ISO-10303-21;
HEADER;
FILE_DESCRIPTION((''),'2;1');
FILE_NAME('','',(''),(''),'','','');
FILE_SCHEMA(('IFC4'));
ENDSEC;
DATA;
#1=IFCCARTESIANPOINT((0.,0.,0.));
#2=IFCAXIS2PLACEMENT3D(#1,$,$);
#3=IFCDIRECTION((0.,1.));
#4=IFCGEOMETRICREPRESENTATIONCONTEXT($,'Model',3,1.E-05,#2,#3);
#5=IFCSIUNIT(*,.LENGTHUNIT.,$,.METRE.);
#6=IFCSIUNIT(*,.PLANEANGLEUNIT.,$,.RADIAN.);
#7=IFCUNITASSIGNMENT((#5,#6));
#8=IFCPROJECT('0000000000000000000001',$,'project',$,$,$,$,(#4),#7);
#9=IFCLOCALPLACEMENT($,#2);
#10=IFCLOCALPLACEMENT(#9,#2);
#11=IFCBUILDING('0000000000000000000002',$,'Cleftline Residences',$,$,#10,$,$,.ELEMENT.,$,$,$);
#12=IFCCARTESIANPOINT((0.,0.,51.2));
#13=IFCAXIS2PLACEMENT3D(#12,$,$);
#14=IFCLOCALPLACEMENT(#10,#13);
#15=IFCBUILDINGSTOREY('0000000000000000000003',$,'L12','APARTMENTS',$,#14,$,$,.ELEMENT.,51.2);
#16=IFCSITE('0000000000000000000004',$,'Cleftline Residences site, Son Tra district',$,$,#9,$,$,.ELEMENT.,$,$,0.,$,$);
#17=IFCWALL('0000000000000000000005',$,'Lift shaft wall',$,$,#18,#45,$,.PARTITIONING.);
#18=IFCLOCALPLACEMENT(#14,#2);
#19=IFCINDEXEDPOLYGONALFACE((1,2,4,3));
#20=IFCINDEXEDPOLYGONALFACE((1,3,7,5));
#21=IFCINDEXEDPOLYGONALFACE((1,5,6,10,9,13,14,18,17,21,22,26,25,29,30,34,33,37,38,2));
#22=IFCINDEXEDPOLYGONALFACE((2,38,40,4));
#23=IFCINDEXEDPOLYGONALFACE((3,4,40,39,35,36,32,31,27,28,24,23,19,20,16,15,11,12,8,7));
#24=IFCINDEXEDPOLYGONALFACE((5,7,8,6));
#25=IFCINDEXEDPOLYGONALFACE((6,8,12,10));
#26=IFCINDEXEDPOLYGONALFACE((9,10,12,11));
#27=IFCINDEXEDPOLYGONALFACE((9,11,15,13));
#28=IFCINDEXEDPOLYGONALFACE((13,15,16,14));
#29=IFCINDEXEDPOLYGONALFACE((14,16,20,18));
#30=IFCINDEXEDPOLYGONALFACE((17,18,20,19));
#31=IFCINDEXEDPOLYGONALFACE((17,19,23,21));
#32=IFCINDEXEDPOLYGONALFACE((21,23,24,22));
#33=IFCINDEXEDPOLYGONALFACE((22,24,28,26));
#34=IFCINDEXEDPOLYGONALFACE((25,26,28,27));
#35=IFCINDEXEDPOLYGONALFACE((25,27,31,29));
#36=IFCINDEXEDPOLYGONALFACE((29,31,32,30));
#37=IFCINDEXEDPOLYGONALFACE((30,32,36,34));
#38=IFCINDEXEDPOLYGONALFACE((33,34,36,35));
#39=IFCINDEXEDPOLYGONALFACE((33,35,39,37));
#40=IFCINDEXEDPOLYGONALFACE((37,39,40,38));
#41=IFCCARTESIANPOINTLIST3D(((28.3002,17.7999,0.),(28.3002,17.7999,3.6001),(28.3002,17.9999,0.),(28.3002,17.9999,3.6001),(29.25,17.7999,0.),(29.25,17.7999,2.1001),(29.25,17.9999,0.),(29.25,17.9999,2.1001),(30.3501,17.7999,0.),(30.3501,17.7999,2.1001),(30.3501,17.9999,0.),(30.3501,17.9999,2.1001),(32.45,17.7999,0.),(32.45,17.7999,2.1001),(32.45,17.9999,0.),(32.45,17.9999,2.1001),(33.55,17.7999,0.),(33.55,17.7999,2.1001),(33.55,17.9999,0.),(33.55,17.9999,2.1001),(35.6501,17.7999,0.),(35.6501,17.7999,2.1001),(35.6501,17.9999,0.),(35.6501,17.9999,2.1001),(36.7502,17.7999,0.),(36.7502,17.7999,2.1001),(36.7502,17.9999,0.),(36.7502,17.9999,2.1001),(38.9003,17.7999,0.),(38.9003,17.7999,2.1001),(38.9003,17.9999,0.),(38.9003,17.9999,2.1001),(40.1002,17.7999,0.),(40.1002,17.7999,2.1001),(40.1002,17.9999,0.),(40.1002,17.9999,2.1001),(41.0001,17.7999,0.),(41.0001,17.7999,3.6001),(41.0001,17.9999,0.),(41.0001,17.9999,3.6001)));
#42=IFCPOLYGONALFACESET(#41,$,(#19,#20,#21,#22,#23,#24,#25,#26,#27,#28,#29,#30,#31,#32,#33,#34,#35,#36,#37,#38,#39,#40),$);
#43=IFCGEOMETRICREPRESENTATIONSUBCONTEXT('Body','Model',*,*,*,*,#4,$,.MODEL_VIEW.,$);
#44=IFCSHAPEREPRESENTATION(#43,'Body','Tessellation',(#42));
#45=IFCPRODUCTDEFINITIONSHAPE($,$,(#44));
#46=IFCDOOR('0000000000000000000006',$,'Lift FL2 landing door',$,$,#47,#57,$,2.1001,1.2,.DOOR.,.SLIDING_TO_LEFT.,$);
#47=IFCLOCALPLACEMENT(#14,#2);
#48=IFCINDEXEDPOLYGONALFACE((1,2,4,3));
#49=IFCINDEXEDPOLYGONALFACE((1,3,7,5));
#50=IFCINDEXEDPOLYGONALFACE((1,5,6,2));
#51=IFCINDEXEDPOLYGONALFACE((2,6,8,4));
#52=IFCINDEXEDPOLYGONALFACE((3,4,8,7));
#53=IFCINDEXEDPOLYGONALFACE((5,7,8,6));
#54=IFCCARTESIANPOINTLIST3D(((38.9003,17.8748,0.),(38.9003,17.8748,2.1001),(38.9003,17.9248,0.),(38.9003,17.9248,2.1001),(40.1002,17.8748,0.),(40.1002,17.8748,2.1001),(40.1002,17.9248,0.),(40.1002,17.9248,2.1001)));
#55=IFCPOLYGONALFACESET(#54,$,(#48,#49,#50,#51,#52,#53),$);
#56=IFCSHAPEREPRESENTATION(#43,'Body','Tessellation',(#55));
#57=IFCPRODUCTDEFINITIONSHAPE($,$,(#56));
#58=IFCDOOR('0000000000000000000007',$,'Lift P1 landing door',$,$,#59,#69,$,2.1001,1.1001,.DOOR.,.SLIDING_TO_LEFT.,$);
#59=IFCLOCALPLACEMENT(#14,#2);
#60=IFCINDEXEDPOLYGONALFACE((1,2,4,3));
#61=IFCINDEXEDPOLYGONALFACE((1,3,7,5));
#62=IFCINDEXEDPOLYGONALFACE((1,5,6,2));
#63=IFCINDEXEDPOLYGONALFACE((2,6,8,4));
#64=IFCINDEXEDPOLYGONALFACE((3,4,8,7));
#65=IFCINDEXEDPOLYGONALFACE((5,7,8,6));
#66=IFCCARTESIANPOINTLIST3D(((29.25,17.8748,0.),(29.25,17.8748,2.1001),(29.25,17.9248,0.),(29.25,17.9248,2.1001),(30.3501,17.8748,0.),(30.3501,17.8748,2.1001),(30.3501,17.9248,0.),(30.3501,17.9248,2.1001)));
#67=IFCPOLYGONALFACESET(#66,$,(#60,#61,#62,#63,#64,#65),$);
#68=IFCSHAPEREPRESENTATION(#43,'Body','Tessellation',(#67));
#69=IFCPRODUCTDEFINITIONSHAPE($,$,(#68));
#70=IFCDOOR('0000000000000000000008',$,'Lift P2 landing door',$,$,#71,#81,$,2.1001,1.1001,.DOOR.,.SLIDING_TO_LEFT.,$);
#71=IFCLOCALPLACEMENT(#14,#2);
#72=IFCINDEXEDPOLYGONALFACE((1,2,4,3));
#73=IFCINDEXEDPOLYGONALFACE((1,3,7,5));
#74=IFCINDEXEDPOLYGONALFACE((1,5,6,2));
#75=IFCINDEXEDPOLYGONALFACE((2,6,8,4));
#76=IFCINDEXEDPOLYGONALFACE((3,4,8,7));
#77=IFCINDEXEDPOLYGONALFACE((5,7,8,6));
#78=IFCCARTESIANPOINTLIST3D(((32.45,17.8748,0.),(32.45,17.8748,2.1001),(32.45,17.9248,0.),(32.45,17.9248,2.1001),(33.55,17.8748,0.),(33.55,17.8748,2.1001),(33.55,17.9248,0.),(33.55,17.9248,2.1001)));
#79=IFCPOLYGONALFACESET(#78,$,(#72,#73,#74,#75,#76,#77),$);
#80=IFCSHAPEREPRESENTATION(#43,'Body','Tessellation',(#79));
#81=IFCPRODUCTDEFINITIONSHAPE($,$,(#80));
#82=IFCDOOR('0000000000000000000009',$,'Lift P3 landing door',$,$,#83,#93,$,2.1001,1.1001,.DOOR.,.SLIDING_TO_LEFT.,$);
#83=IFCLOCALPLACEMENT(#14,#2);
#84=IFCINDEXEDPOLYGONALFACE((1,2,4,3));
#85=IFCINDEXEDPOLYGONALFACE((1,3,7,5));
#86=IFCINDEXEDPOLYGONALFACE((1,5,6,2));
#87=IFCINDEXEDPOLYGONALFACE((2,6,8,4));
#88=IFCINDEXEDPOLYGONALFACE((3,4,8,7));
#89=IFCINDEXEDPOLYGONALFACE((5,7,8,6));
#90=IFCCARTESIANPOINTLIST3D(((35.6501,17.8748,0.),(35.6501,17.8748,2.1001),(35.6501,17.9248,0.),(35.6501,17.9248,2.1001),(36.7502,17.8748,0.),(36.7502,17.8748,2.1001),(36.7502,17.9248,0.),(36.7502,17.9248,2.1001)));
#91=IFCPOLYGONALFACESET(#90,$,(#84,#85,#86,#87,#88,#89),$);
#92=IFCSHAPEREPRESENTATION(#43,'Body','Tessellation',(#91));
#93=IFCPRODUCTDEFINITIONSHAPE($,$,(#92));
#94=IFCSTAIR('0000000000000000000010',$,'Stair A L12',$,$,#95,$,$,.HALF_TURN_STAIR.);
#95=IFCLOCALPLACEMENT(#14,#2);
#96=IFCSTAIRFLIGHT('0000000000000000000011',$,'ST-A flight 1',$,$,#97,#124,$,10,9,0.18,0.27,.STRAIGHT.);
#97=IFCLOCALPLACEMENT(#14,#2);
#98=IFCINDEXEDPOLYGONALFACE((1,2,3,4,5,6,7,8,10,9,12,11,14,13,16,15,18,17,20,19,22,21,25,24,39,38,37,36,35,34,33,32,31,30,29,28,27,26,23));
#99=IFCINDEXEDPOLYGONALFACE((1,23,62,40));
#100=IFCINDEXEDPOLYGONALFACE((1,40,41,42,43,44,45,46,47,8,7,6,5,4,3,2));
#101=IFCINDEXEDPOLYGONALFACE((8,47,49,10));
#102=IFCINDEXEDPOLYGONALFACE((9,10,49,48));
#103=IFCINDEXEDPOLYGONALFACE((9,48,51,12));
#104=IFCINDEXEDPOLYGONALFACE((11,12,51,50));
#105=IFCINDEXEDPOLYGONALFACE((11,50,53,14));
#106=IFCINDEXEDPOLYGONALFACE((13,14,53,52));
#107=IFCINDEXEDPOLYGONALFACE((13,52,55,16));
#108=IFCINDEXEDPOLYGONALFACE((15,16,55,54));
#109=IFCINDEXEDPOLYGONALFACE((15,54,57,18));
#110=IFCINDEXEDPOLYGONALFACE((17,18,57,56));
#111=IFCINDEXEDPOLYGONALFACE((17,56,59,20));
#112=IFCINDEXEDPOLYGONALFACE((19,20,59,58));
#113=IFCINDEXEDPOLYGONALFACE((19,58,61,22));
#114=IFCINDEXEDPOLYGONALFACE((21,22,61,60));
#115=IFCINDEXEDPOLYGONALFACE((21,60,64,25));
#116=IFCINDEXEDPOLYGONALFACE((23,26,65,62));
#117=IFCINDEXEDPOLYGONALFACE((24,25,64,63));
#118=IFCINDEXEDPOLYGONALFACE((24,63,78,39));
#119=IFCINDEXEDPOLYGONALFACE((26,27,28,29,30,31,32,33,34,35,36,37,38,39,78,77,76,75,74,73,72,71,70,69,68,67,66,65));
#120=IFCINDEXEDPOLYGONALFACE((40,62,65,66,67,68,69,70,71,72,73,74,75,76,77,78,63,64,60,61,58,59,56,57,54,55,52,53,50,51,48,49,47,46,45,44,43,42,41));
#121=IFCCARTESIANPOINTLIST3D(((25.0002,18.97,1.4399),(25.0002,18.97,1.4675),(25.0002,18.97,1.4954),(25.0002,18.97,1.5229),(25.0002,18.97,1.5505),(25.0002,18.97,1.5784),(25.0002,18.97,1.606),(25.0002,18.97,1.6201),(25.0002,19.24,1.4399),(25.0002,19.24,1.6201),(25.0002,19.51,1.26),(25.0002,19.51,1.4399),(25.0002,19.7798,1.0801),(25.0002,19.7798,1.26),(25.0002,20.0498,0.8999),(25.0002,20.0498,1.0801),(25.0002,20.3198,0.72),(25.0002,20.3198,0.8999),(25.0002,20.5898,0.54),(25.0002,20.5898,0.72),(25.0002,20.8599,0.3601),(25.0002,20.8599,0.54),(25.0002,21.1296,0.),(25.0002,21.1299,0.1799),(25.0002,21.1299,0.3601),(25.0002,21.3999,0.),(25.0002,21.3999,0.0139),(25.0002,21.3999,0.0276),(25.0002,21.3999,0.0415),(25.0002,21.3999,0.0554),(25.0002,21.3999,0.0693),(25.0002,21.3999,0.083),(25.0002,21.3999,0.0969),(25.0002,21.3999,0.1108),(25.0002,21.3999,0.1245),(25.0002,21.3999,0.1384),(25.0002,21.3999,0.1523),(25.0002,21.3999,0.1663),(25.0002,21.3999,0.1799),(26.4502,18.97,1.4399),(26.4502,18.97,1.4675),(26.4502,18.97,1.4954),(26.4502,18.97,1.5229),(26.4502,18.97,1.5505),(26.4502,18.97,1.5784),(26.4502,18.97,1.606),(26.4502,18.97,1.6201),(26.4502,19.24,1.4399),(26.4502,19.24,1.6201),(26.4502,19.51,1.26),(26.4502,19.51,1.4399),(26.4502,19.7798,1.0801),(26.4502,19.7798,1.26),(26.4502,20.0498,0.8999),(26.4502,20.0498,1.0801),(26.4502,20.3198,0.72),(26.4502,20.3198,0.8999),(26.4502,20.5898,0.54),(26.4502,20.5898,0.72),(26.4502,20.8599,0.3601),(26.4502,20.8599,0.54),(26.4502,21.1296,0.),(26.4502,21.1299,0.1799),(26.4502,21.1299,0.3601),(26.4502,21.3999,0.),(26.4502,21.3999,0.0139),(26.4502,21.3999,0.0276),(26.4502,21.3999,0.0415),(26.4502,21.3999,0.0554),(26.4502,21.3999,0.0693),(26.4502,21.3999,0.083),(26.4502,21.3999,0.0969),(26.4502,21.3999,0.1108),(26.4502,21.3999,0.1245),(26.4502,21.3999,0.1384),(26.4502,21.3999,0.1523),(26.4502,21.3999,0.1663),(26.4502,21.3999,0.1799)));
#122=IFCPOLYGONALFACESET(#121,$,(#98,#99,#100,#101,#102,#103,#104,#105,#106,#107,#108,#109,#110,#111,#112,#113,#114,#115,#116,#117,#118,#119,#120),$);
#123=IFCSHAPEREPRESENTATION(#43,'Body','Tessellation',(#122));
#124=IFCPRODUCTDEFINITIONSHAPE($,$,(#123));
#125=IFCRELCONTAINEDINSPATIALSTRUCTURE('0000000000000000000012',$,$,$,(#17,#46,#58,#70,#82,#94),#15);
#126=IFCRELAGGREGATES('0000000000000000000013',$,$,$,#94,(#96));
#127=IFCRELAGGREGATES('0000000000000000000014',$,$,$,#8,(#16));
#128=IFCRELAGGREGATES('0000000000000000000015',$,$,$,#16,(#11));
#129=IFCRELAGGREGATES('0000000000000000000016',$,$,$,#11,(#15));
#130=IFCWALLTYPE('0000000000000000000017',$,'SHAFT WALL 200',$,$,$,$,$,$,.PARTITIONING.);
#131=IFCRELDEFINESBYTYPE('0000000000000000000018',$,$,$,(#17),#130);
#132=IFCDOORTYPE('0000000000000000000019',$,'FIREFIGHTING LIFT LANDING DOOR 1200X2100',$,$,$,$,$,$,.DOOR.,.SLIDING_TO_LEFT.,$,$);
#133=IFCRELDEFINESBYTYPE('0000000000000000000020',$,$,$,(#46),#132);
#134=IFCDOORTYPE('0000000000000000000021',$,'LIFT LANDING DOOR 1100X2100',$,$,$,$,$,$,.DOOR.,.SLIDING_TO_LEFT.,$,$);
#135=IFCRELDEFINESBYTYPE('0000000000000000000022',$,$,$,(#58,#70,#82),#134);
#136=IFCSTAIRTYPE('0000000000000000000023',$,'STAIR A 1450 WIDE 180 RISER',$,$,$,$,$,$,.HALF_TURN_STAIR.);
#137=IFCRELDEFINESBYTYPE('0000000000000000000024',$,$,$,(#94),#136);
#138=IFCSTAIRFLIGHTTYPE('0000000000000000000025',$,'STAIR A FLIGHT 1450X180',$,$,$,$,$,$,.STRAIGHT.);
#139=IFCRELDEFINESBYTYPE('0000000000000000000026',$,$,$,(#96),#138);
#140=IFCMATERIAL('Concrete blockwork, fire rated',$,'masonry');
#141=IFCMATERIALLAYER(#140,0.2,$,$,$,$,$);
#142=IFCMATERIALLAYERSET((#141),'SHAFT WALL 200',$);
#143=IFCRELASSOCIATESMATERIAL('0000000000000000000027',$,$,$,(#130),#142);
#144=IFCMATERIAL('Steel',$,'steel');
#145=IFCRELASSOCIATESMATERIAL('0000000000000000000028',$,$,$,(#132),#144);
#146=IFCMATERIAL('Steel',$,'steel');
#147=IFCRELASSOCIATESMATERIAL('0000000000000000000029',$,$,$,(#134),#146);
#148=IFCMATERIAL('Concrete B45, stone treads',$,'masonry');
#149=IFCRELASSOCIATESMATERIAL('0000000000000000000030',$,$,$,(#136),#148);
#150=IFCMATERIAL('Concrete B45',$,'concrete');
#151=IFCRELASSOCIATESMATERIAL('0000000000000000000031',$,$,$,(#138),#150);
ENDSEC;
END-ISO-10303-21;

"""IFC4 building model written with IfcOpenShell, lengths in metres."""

from ifc_helpers import new_model, si_unit, direction, frame, frame_2d, origin, place, context, subcontext, project, spatial, polyline, rectangle, outline, extrude, material, layer, layer_set, type_object, element, fill, aggregate, save


model = new_model("IFC4")

# Units and contexts
model_context = context("Model", 3, precision=1e-05, world=origin(), true_north=direction((0.0, 1.0)))
body_context = subcontext(model_context, "Body", "Model", "MODEL_VIEW")
ifc_project = project(units=[si_unit("LENGTHUNIT", "METRE"), si_unit("PLANEANGLEUNIT", "RADIAN")], contexts=[model_context])

# Site, building, storey
site_placement = place(None, origin())
site = spatial("IfcSite", under=ifc_project, at=site_placement, Name="Cleftline Residences site, Son Tra district", CompositionType="ELEMENT", RefElevation=0.0)
building_placement = place(site_placement, origin())
building = spatial("IfcBuilding", under=site, at=building_placement, Name="Cleftline Residences", CompositionType="ELEMENT")
storey_placement = place(building_placement, frame((0.0, 0.0, 51.2)))
storey = spatial("IfcBuildingStorey", under=building, at=storey_placement, Name="L12", Description="APARTMENTS", CompositionType="ELEMENT", Elevation=51.2)

# Wall, openings, doors
ifc_material_1 = material(Name="Concrete blockwork, fire rated", Category="masonry")
ifc_layer_1 = layer(ifc_material_1, 0.2)
ifc_layer_set_1 = layer_set([ifc_layer_1], Name="SHAFT WALL 200")
wall_type_1 = type_object("IfcWallType", Name="SHAFT WALL 200", PredefinedType="PARTITIONING", material=ifc_layer_set_1)
wall_1_placement = place(storey_placement, frame((28.3, 17.8999, 0.0), z_axis=(0.0, 0.0, 1.0), x_axis=(1.0, 0.0, 0.0)))
wall_1 = element("IfcWall", 1, at=wall_1_placement, inside=storey, type_object=wall_type_1, Name="Lift shaft wall", PredefinedType="PARTITIONING", context=body_context, shape_type="SweptSolid", body=[
    extrude(rectangle(XDim=12.7, YDim=0.2, at=frame_2d((6.3501, 0.0))), origin(), (0.0, 0.0, 1.0), 3.6001),
])
opening_1_placement = place(wall_1_placement, frame((0.95, 0.0, 0.0)))
opening_1 = element("IfcOpeningElement", 2, at=opening_1_placement, cuts=wall_1, PredefinedType="OPENING", context=body_context, shape_type="SweptSolid", body=[
    extrude(rectangle(XDim=1.1001, YDim=2.1001, at=frame_2d((0.55, 1.05))), frame((0.0, 0.1099, 0.0), z_axis=(0.0, -1.0, 0.0), x_axis=(1.0, 0.0, 0.0)), (0.0, 0.0, 1.0), 0.22),
])
opening_2_placement = place(wall_1_placement, frame((4.1499, 0.0, 0.0)))
opening_2 = element("IfcOpeningElement", 3, at=opening_2_placement, cuts=wall_1, PredefinedType="OPENING", context=body_context, shape_type="SweptSolid", body=[
    extrude(rectangle(XDim=1.1001, YDim=2.1001, at=frame_2d((0.55, 1.05))), frame((0.0, 0.1099, 0.0), z_axis=(0.0, -1.0, 0.0), x_axis=(1.0, 0.0, 0.0)), (0.0, 0.0, 1.0), 0.22),
])
opening_3_placement = place(wall_1_placement, frame((7.3501, 0.0, 0.0)))
opening_3 = element("IfcOpeningElement", 4, at=opening_3_placement, cuts=wall_1, PredefinedType="OPENING", context=body_context, shape_type="SweptSolid", body=[
    extrude(rectangle(XDim=1.1001, YDim=2.1001, at=frame_2d((0.55, 1.05))), frame((0.0, 0.1099, 0.0), z_axis=(0.0, -1.0, 0.0), x_axis=(1.0, 0.0, 0.0)), (0.0, 0.0, 1.0), 0.22),
])
opening_4_placement = place(wall_1_placement, frame((10.6001, 0.0, 0.0)))
opening_4 = element("IfcOpeningElement", 5, at=opening_4_placement, cuts=wall_1, PredefinedType="OPENING", context=body_context, shape_type="SweptSolid", body=[
    extrude(rectangle(XDim=1.2, YDim=2.1001, at=frame_2d((0.6001, 1.05))), frame((0.0, 0.1099, 0.0), z_axis=(0.0, -1.0, 0.0), x_axis=(1.0, 0.0, 0.0)), (0.0, 0.0, 1.0), 0.22),
])
ifc_material_2 = material(Name="Steel", Category="steel")
door_type_1 = type_object("IfcDoorType", Name="FIREFIGHTING LIFT LANDING DOOR 1200X2100", OperationType="SLIDING_TO_LEFT", PredefinedType="DOOR", material=ifc_material_2)
door_1_placement = place(opening_4_placement, origin())
door_1 = element("IfcDoor", 6, at=door_1_placement, inside=storey, type_object=door_type_1, Name="Lift FL2 landing door", OperationType="SLIDING_TO_LEFT", OverallHeight=2.1001, OverallWidth=1.2, PredefinedType="DOOR", context=body_context, shape_type="SweptSolid", body=[
    extrude(rectangle(XDim=1.2, YDim=2.1001, at=frame_2d((0.6001, 1.05))), frame((0.0, 0.0249, 0.0), z_axis=(0.0, -1.0, 0.0), x_axis=(1.0, 0.0, 0.0)), (0.0, 0.0, 1.0), 0.05),
])
fill(opening_4, door_1)
ifc_material_3 = material(Name="Steel", Category="steel")
door_type_2 = type_object("IfcDoorType", Name="LIFT LANDING DOOR 1100X2100", OperationType="SLIDING_TO_LEFT", PredefinedType="DOOR", material=ifc_material_3)
door_2_placement = place(opening_1_placement, origin())
door_2 = element("IfcDoor", 7, at=door_2_placement, inside=storey, type_object=door_type_2, Name="Lift P1 landing door", OperationType="SLIDING_TO_LEFT", OverallHeight=2.1001, OverallWidth=1.1001, PredefinedType="DOOR", context=body_context, shape_type="SweptSolid", body=[
    extrude(rectangle(XDim=1.1001, YDim=2.1001, at=frame_2d((0.55, 1.05))), frame((0.0, 0.0249, 0.0), z_axis=(0.0, -1.0, 0.0), x_axis=(1.0, 0.0, 0.0)), (0.0, 0.0, 1.0), 0.05),
])
fill(opening_1, door_2)
door_3_placement = place(opening_2_placement, origin())
door_3 = element("IfcDoor", 8, at=door_3_placement, inside=storey, type_object=door_type_2, Name="Lift P2 landing door", OperationType="SLIDING_TO_LEFT", OverallHeight=2.1001, OverallWidth=1.1001, PredefinedType="DOOR", context=body_context, shape_type="SweptSolid", body=[
    extrude(rectangle(XDim=1.1001, YDim=2.1001, at=frame_2d((0.55, 1.05))), frame((0.0, 0.0249, 0.0), z_axis=(0.0, -1.0, 0.0), x_axis=(1.0, 0.0, 0.0)), (0.0, 0.0, 1.0), 0.05),
])
fill(opening_2, door_3)
door_4_placement = place(opening_3_placement, origin())
door_4 = element("IfcDoor", 9, at=door_4_placement, inside=storey, type_object=door_type_2, Name="Lift P3 landing door", OperationType="SLIDING_TO_LEFT", OverallHeight=2.1001, OverallWidth=1.1001, PredefinedType="DOOR", context=body_context, shape_type="SweptSolid", body=[
    extrude(rectangle(XDim=1.1001, YDim=2.1001, at=frame_2d((0.55, 1.05))), frame((0.0, 0.0249, 0.0), z_axis=(0.0, -1.0, 0.0), x_axis=(1.0, 0.0, 0.0)), (0.0, 0.0, 1.0), 0.05),
])
fill(opening_3, door_4)

# Stair, stair flight
ifc_material_4 = material(Name="Concrete B45, stone treads", Category="masonry")
stair_type = type_object("IfcStairType", Name="STAIR A 1450 WIDE 180 RISER", PredefinedType="HALF_TURN_STAIR", material=ifc_material_4)
stair_placement = place(storey_placement, origin())
stair = element("IfcStair", 10, at=stair_placement, inside=storey, type_object=stair_type, Name="Stair A L12", PredefinedType="HALF_TURN_STAIR")
ifc_material_5 = material(Name="Concrete B45", Category="concrete")
stair_flight_type = type_object("IfcStairFlightType", Name="STAIR A FLIGHT 1450X180", PredefinedType="STRAIGHT", material=ifc_material_5)
stair_flight_1_placement = place(storey_placement, frame((25.7251, 21.3999, 0.0), z_axis=(0.0, 0.0, 1.0), x_axis=(0.0, -1.0, 0.0)))
stair_flight_1 = element("IfcStairFlight", 11, at=stair_flight_1_placement, type_object=stair_flight_type, Name="ST-A flight 1", NumberOfRisers=10, NumberOfTreads=9, PredefinedType="STRAIGHT", RiserHeight=0.18, TreadLength=0.27, context=body_context, shape_type="SweptSolid", body=[
    extrude(outline(polyline([(0.0, 0.0), (0.0, 0.0139), (0.0, 0.0276), (0.0, 0.0415), (0.0, 0.0554), (0.0, 0.0693), (0.0, 0.083), (0.0, 0.0969), (0.0, 0.1108), (0.0, 0.1245), (0.0, 0.1384), (0.0, 0.1523), (0.0, 0.1663), (0.0, 0.1799), (0.27, 0.1799), (0.27, 0.3601), (0.54, 0.3601), (0.54, 0.54), (0.8101, 0.54), (0.8101, 0.72), (1.0801, 0.72), (1.0801, 0.8999), (1.3501, 0.8999), (1.3501, 1.0801), (1.6201, 1.0801), (1.6201, 1.26), (1.8899, 1.26), (1.8899, 1.4399), (2.1599, 1.4399), (2.1599, 1.6201), (2.4299, 1.6201), (2.4299, 1.8), (2.4299, 1.7722), (2.4299, 1.7446), (2.4299, 1.7168), (2.4299, 1.6892), (2.4299, 1.6614), (2.4299, 1.6338), (2.4299, 1.606), (2.4299, 1.5784), (2.4299, 1.5505), (2.4299, 1.5229), (2.4299, 1.4954), (2.4299, 1.4675), (2.4299, 1.4399), (0.2703, 0.0), (0.0, 0.0)])), frame((0.0, 0.7251, 0.0), z_axis=(0.0, -1.0, 0.0), x_axis=(1.0, 0.0, 0.0)), (0.0, 0.0, 1.0), 1.45),
])
aggregate(stair, [stair_flight_1])

save(model, "model.ifc")
